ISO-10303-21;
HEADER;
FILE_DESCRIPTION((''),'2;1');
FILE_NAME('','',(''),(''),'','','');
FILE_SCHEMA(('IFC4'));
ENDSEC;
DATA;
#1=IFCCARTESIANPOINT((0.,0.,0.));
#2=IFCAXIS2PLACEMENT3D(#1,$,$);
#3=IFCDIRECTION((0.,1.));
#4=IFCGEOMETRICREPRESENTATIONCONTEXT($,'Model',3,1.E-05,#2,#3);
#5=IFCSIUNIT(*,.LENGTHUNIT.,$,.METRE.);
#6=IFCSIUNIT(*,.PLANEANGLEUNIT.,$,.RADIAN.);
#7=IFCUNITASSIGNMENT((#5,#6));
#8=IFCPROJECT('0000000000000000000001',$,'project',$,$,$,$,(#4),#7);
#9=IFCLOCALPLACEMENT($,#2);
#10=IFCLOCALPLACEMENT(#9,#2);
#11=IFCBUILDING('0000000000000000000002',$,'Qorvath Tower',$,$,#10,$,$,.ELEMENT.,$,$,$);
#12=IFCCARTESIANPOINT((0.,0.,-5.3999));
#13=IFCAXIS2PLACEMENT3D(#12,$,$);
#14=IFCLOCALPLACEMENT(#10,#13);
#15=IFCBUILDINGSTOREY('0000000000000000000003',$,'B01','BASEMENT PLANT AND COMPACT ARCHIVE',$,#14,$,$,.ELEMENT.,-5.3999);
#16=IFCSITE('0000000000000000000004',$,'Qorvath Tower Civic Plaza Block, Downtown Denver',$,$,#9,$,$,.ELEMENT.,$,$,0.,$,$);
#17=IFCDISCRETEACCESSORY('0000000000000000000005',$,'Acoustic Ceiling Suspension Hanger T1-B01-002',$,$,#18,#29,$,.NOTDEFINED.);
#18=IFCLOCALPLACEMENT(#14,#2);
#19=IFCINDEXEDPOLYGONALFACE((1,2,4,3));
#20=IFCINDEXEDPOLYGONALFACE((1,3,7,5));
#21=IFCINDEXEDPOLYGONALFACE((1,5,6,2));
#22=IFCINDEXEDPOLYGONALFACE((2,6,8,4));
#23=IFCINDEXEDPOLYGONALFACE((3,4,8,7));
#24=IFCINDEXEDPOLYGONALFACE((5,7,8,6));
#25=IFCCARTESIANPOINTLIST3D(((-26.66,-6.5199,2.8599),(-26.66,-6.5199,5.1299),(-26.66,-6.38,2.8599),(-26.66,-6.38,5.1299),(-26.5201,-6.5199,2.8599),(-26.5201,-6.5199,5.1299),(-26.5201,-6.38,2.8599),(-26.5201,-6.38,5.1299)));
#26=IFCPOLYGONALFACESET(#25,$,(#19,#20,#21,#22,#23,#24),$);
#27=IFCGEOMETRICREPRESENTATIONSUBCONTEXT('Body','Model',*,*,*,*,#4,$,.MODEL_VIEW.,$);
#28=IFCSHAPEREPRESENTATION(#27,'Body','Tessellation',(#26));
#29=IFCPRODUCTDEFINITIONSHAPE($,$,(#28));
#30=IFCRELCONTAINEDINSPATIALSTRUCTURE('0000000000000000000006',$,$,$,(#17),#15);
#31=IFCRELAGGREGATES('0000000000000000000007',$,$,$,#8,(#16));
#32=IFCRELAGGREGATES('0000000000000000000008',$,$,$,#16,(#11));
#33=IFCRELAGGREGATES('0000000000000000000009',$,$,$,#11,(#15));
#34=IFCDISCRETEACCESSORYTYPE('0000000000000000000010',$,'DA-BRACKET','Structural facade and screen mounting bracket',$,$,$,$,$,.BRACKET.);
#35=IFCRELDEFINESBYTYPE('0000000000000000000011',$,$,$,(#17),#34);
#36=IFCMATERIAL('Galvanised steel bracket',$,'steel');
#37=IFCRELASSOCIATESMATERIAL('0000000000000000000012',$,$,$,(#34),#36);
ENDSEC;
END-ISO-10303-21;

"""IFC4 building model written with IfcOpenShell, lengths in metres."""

from ifc_helpers import new_model, si_unit, direction, frame, origin, origin_2d, place, context, subcontext, project, spatial, rectangle, extrude, material, type_object, element, save


model = new_model("IFC4")

# Units and contexts
model_context = context("Model", 3, precision=1e-05, world=origin(), true_north=direction((0.0, 1.0)))
body_context = subcontext(model_context, "Body", "Model", "MODEL_VIEW")
ifc_project = project(units=[si_unit("LENGTHUNIT", "METRE"), si_unit("PLANEANGLEUNIT", "RADIAN")], contexts=[model_context])

# Site, building, storey
site_placement = place(None, origin())
site = spatial("IfcSite", under=ifc_project, at=site_placement, Name="Qorvath Tower Civic Plaza Block, Downtown Denver", CompositionType="ELEMENT", RefElevation=0.0)
building_placement = place(site_placement, origin())
building = spatial("IfcBuilding", under=site, at=building_placement, Name="Qorvath Tower", CompositionType="ELEMENT")
storey_placement = place(building_placement, frame((0.0, 0.0, -5.3999)))
storey = spatial("IfcBuildingStorey", under=building, at=storey_placement, Name="B01", Description="BASEMENT PLANT AND COMPACT ARCHIVE", CompositionType="ELEMENT", Elevation=-5.3999)

# Discrete accessory
ifc_material_1 = material(Name="Galvanised steel bracket", Category="steel")
discrete_accessory_type = type_object("IfcDiscreteAccessoryType", Name="DA-BRACKET", Description="Structural facade and screen mounting bracket", PredefinedType="BRACKET", material=ifc_material_1)
discrete_accessory_placement = place(storey_placement, frame((-26.5901, -6.45, 2.8599), z_axis=(0.0, 0.0, 1.0), x_axis=(1.0, 0.0, 0.0)))
element("IfcDiscreteAccessory", 1, at=discrete_accessory_placement, inside=storey, type_object=discrete_accessory_type, Name="Acoustic Ceiling Suspension Hanger T1-B01-002", PredefinedType="NOTDEFINED", context=body_context, shape_type="SweptSolid", body=[
    extrude(rectangle(XDim=0.1399, YDim=0.1399, at=origin_2d()), origin(), (0.0, 0.0, 1.0), 2.27),
])

save(model, "model.ifc")
